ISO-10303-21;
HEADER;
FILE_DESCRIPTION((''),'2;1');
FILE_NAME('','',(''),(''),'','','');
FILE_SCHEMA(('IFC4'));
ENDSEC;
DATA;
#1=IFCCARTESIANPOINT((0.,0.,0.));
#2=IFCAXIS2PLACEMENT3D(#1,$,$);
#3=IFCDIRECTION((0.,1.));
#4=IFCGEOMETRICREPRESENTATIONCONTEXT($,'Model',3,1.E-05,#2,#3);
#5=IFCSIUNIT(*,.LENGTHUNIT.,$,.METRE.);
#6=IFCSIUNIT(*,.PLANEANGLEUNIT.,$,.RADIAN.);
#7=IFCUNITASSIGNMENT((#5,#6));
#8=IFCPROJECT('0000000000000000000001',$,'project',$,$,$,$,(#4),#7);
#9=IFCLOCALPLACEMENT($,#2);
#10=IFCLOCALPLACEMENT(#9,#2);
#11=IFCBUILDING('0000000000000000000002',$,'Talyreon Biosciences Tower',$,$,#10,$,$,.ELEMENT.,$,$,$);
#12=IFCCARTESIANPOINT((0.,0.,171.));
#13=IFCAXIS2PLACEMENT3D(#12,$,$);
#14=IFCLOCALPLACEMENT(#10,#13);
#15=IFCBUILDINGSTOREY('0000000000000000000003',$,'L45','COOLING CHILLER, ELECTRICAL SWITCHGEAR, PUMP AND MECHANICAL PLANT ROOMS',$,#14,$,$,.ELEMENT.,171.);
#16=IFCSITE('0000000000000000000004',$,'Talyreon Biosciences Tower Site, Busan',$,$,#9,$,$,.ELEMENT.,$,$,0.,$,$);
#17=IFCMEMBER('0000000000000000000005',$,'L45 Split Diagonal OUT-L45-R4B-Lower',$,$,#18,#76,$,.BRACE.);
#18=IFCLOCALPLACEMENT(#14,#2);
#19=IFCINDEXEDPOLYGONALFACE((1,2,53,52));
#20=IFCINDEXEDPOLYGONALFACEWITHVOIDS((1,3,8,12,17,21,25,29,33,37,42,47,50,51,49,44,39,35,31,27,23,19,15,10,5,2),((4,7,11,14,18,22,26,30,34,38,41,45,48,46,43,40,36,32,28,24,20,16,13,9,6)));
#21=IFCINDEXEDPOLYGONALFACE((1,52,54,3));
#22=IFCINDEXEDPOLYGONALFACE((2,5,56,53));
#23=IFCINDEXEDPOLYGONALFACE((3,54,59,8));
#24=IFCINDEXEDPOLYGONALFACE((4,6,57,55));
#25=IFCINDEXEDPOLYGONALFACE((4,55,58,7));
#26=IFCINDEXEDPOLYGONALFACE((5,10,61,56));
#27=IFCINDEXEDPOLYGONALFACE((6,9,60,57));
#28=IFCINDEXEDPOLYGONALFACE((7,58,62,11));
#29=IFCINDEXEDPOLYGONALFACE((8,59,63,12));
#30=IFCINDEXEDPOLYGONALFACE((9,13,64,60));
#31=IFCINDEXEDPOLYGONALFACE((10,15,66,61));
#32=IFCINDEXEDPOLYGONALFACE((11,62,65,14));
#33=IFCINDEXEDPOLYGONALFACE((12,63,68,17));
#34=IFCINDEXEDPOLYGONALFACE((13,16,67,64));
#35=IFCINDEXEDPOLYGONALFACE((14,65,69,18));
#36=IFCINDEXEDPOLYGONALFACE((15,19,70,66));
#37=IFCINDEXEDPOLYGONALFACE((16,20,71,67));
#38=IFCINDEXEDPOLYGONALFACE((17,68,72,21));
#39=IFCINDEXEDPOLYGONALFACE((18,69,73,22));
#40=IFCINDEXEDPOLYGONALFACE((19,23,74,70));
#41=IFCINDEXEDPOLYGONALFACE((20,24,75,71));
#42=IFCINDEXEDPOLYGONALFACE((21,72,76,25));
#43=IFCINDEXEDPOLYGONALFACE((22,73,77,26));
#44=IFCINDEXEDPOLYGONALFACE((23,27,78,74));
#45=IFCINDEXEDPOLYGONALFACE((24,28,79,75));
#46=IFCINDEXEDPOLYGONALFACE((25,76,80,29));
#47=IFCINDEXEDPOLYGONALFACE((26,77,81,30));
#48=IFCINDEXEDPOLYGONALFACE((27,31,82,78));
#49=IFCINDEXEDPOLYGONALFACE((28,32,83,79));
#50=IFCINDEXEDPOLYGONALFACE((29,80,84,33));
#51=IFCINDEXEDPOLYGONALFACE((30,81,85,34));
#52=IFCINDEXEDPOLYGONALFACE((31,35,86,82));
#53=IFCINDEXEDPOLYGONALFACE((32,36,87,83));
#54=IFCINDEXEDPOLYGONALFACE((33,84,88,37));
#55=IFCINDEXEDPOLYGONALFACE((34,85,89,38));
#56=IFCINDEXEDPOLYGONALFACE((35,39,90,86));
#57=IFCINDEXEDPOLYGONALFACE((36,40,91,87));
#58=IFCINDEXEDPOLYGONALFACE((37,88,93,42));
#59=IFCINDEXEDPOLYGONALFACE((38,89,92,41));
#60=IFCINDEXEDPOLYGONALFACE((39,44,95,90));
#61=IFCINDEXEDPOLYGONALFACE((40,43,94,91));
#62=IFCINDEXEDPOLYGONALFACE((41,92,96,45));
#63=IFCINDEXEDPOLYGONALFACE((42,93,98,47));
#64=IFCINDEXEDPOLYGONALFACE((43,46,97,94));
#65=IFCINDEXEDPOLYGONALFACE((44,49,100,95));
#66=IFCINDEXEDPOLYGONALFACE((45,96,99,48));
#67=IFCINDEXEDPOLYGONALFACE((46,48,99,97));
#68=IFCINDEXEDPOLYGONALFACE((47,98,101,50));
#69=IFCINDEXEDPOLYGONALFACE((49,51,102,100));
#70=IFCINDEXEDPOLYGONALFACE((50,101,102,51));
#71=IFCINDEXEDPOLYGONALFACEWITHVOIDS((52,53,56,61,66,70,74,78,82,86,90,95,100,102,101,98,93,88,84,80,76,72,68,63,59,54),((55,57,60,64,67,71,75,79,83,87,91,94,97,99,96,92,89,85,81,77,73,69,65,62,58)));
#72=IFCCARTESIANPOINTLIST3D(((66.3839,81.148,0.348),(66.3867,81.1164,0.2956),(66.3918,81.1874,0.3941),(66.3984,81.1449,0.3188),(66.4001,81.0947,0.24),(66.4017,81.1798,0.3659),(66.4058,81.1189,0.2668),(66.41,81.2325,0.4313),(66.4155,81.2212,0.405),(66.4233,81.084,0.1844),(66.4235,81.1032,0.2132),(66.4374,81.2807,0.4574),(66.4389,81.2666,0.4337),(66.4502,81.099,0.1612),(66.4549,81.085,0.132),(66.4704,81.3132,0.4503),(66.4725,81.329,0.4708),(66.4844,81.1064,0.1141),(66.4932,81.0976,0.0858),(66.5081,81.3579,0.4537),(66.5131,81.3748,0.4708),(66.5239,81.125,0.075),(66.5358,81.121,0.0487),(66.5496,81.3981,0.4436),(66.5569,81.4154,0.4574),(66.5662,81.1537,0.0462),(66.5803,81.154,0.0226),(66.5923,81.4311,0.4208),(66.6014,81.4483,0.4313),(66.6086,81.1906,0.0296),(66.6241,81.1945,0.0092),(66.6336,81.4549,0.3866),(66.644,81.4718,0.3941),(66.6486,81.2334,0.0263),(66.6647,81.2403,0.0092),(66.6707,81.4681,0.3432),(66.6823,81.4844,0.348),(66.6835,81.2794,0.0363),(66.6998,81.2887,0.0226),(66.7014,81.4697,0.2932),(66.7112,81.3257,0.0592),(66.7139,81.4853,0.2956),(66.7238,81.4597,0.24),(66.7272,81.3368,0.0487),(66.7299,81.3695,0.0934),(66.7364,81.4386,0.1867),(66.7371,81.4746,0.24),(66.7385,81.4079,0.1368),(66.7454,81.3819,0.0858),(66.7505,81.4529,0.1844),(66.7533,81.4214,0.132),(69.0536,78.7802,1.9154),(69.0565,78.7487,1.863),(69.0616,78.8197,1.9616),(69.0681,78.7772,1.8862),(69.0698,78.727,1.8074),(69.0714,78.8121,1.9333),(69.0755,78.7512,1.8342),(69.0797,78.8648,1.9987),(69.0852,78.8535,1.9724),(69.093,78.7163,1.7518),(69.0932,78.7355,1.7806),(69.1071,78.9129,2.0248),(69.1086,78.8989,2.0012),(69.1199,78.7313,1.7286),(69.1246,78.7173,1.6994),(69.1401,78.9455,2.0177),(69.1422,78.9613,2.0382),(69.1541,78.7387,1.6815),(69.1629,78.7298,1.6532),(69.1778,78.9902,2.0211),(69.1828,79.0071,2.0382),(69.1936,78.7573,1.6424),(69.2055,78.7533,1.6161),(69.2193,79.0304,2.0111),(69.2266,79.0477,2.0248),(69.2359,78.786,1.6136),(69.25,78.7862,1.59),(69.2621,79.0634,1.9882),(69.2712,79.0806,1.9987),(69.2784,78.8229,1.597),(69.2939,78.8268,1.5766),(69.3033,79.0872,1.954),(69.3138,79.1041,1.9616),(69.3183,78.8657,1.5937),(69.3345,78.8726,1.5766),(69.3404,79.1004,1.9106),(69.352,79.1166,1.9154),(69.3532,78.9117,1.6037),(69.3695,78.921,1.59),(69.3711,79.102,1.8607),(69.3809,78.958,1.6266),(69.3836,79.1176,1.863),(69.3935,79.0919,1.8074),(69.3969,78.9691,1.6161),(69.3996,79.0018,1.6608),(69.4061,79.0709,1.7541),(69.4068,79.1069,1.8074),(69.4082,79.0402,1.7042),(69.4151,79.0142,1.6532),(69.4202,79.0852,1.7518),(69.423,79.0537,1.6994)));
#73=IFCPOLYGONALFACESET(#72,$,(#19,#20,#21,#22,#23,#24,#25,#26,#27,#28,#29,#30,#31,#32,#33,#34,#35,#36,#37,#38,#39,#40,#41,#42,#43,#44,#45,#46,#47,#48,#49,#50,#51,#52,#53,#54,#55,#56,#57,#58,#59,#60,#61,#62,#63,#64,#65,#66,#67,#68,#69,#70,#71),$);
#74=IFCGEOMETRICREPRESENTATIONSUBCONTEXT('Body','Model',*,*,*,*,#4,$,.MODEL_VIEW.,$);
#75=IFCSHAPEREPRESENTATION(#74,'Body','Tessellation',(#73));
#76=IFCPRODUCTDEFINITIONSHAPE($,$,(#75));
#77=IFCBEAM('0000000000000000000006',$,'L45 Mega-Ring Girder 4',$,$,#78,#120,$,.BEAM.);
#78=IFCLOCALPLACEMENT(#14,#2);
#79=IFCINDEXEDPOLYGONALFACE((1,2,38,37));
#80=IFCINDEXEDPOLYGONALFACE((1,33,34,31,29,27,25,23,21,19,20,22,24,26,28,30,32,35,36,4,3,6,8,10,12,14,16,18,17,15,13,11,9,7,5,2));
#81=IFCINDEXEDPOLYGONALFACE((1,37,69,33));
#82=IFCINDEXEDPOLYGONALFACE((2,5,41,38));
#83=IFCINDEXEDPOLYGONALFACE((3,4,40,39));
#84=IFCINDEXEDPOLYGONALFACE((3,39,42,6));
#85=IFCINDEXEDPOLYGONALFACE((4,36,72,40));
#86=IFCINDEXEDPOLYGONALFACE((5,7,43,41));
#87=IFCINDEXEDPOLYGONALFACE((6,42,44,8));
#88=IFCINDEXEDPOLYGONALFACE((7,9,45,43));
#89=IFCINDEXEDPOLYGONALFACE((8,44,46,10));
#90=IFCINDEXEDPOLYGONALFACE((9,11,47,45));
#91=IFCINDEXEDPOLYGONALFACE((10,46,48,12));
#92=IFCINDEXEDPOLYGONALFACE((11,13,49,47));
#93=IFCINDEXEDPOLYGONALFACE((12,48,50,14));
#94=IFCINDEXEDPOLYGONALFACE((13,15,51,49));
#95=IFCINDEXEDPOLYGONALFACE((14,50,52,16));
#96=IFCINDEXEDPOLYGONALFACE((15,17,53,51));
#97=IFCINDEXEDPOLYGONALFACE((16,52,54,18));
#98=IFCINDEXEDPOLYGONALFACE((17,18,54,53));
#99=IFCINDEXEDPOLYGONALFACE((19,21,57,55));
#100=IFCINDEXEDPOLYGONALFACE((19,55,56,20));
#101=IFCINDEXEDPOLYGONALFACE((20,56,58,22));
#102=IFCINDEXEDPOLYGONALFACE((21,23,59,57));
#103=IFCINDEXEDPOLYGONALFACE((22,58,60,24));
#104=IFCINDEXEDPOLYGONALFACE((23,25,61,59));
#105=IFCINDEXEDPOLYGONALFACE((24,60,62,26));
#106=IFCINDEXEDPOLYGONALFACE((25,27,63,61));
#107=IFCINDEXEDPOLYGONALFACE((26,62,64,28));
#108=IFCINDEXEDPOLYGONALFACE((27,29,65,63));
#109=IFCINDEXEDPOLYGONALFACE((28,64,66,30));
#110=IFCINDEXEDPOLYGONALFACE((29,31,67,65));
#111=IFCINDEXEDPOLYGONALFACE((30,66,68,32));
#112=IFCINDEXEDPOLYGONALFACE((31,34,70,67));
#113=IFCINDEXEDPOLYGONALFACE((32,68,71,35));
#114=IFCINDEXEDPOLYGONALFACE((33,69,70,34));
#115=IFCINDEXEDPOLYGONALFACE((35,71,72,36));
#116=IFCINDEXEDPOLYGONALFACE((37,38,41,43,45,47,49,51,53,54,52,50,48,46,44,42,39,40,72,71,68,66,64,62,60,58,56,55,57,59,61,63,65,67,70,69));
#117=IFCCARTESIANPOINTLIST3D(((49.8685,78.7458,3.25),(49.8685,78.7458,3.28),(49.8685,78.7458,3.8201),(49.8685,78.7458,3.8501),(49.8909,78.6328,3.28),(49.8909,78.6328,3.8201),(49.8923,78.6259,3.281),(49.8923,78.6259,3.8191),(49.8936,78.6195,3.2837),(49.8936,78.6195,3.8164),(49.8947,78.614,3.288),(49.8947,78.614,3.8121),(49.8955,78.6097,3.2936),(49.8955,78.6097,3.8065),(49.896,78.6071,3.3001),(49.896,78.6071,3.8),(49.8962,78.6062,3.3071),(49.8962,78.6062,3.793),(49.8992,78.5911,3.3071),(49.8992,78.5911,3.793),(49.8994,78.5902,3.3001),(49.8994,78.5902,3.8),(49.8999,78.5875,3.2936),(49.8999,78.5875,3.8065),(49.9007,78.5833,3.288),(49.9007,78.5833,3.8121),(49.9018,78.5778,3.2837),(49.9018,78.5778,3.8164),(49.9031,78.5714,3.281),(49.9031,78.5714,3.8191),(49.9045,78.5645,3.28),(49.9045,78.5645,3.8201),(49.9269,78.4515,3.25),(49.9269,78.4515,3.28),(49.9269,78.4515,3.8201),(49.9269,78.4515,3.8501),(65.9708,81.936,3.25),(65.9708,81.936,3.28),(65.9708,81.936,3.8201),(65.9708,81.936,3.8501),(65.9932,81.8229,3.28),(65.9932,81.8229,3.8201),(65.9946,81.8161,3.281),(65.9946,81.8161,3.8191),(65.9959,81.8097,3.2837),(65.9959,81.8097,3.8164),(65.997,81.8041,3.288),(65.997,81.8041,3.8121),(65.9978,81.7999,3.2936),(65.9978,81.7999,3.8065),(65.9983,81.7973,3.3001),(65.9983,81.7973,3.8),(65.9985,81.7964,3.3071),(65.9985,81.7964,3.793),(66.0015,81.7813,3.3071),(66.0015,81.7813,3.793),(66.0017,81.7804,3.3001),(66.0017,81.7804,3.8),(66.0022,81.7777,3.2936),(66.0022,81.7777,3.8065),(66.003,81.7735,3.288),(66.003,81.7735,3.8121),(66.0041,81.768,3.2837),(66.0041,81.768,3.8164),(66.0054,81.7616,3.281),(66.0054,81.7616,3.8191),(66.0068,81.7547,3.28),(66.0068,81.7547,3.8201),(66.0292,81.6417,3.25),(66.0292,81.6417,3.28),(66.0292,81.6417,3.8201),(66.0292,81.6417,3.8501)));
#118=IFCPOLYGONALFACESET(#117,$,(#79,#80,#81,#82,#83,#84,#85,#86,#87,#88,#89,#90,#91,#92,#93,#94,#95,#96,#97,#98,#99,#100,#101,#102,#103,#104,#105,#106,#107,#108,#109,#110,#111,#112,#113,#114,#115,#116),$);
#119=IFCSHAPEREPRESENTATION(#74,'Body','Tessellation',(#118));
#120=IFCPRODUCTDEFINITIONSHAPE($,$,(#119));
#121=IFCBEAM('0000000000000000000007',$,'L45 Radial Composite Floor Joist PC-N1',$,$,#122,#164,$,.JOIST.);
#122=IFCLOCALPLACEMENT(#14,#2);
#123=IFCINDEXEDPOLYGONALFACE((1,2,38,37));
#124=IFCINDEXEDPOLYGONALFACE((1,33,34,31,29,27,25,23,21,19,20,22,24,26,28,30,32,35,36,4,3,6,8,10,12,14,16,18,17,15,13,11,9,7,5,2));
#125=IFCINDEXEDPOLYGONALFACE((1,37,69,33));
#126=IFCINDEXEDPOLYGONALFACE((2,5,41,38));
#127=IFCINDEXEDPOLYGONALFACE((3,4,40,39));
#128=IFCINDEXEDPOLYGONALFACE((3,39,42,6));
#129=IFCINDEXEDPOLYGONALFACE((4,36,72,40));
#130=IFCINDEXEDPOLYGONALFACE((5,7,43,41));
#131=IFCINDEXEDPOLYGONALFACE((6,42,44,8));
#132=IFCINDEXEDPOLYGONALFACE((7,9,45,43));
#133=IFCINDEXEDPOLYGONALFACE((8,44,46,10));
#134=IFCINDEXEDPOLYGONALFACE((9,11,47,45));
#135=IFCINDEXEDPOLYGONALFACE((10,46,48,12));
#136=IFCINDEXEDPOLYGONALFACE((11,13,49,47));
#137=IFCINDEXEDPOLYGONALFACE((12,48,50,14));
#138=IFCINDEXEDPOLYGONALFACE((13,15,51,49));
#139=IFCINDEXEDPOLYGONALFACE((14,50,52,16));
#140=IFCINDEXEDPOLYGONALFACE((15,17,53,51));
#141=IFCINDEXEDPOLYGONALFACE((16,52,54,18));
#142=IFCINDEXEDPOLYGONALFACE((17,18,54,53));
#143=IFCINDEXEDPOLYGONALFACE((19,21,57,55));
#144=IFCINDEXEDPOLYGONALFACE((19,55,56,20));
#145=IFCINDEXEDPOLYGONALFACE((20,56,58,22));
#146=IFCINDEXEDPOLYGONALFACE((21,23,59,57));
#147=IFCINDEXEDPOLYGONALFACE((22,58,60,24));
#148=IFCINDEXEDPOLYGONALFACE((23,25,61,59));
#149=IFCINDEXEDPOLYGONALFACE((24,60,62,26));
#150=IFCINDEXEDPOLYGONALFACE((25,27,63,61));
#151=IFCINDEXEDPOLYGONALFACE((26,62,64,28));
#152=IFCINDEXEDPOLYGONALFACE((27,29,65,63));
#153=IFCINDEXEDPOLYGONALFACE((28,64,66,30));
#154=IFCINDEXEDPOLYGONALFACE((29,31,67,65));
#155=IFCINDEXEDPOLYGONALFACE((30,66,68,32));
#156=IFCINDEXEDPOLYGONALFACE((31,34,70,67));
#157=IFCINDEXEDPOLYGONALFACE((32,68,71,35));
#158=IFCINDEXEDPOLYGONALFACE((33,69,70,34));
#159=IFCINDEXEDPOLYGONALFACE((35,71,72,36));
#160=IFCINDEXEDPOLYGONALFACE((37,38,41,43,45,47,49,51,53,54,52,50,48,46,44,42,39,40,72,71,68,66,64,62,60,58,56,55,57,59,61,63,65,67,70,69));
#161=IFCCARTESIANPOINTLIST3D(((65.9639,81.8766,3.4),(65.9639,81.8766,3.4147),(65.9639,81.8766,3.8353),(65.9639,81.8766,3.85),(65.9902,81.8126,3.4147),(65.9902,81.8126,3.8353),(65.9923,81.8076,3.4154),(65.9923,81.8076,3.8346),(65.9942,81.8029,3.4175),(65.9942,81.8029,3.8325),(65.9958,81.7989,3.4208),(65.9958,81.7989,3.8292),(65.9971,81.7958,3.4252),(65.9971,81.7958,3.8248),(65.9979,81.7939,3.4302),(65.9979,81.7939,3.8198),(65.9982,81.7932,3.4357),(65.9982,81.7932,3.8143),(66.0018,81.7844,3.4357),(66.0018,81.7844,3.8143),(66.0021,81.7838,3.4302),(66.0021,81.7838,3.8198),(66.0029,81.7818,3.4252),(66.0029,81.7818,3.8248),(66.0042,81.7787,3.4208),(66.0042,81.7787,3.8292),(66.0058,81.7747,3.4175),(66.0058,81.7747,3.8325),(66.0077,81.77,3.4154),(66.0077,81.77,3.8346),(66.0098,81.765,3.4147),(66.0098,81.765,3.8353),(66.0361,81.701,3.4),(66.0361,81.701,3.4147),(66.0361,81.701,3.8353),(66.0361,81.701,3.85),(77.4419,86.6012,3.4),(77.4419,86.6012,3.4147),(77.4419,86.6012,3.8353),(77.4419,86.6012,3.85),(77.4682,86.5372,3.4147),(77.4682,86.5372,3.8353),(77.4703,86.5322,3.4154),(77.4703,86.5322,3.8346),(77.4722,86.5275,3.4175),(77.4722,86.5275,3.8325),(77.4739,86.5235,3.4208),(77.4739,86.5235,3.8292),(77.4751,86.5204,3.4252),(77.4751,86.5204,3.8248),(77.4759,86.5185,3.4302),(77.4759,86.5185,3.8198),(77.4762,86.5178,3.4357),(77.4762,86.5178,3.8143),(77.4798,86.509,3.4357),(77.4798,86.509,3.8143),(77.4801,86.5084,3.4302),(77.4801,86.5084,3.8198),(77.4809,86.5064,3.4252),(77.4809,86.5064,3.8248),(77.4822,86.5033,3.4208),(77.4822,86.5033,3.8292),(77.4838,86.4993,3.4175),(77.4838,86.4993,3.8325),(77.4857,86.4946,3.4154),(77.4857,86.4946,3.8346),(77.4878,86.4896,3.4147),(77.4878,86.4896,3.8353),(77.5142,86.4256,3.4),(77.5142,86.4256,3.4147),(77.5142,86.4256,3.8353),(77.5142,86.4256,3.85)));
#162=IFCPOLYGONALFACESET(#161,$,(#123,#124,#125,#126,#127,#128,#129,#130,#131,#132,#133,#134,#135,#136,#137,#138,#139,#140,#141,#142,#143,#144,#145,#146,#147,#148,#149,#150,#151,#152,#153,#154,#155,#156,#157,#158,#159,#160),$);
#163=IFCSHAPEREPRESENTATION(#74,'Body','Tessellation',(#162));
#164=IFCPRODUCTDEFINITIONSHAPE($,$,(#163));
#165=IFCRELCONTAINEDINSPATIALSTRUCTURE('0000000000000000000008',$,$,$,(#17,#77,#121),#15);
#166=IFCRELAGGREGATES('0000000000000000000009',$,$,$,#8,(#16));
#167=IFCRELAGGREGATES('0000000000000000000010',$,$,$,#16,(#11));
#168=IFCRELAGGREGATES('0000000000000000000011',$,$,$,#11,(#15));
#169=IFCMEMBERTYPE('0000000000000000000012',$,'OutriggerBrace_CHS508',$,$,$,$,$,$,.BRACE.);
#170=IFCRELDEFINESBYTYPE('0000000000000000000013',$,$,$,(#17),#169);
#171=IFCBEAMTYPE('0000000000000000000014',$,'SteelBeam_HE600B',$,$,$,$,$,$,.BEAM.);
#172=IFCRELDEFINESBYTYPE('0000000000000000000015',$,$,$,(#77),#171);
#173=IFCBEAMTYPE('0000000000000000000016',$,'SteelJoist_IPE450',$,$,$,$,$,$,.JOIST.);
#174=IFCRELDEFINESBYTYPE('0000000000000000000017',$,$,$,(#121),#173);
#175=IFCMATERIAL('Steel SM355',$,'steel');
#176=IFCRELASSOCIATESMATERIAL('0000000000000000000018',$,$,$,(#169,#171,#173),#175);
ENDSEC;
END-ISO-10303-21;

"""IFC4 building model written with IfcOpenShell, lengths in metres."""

from ifc_helpers import new_model, si_unit, direction, frame, origin, origin_2d, place, context, subcontext, project, spatial, hollow_circle, i_section, extrude, material, material_profile, profile_set, type_object, element, save


model = new_model("IFC4")

# Units and contexts
model_context = context("Model", 3, precision=1e-05, world=origin(), true_north=direction((0.0, 1.0)))
body_context = subcontext(model_context, "Body", "Model", "MODEL_VIEW")
ifc_project = project(units=[si_unit("LENGTHUNIT", "METRE"), si_unit("PLANEANGLEUNIT", "RADIAN")], contexts=[model_context])

# Site, building, storey
site_placement = place(None, origin())
site = spatial("IfcSite", under=ifc_project, at=site_placement, Name="Talyreon Biosciences Tower Site, Busan", CompositionType="ELEMENT", RefElevation=0.0)
building_placement = place(site_placement, origin())
building = spatial("IfcBuilding", under=site, at=building_placement, Name="Talyreon Biosciences Tower", CompositionType="ELEMENT")
storey_placement = place(building_placement, frame((0.0, 0.0, 171.0)))
storey = spatial("IfcBuildingStorey", under=building, at=storey_placement, Name="L45", Description="COOLING CHILLER, ELECTRICAL SWITCHGEAR, PUMP AND MECHANICAL PLANT ROOMS", CompositionType="ELEMENT", Elevation=171.0)

# Shared definitions
ifc_material_1 = material(Name="Steel SM355", Category="steel")

# Member
ifc_material_profile_1 = material_profile(ifc_material_1, hollow_circle(Radius=0.2539, WallThickness=0.02, at=origin_2d()), Name="CHS 508x20")
ifc_profile_set_1 = profile_set([ifc_material_profile_1], Name="Steel SM355")
member_type_1 = type_object("IfcMemberType", Name="OutriggerBrace_CHS508", PredefinedType="BRACE", material=ifc_profile_set_1)
member_1_placement = place(storey_placement, frame((66.5686, 81.2847, 0.24), z_axis=(0.684989, -0.607501, 0.402161), x_axis=(0.663523, 0.748156, 0.0)))
element("IfcMember", 1, at=member_1_placement, inside=storey, type_object=member_type_1, Name="L45 Split Diagonal OUT-L45-R4B-Lower", PredefinedType="BRACE", context=body_context, shape_type="SweptSolid", body=[
    extrude(hollow_circle(Radius=0.2539, WallThickness=0.02, at=origin_2d()), origin(), (0.0, 0.0, 1.0), 3.8975),
])

# Beams
ifc_material_profile_2 = material_profile(ifc_material_1, i_section(OverallWidth=0.3, OverallDepth=0.6001, WebThickness=0.0154, FlangeThickness=0.03, FilletRadius=0.0271, at=origin_2d()), Name="HE600B")
ifc_profile_set_2 = profile_set([ifc_material_profile_2], Name="Steel SM355")
beam_type_1 = type_object("IfcBeamType", Name="SteelBeam_HE600B", PredefinedType="BEAM", material=ifc_profile_set_2)
beam_1_placement = place(storey_placement, frame((66.0, 81.7888, 3.55), z_axis=(-0.980934, -0.194343, 0.0), x_axis=(0.194343, -0.980934, 0.0)))
element("IfcBeam", 2, at=beam_1_placement, inside=storey, type_object=beam_type_1, Name="L45 Mega-Ring Girder 4", PredefinedType="BEAM", context=body_context, shape_type="SweptSolid", body=[
    extrude(i_section(OverallWidth=0.3, OverallDepth=0.6001, WebThickness=0.0154, FlangeThickness=0.03, FilletRadius=0.0271, at=origin_2d()), origin(), (0.0, 0.0, 1.0), 16.4153),
])
ifc_material_profile_3 = material_profile(ifc_material_1, i_section(OverallWidth=0.1899, OverallDepth=0.45, WebThickness=0.0095, FlangeThickness=0.0146, FilletRadius=0.021, at=origin_2d()), Name="IPE450")
ifc_profile_set_3 = profile_set([ifc_material_profile_3], Name="Steel SM355")
beam_type_2 = type_object("IfcBeamType", Name="SteelJoist_IPE450", PredefinedType="JOIST", material=ifc_profile_set_3)
for number, where, z_axis, x_axis, name in (
    (3, (66.0, 81.7888, 3.625), (0.924725, 0.380637, 0.0), (-0.380637, 0.924725, 0.0), "L45 Radial Composite Floor Joist PC-N1"),
):
    element("IfcBeam", number, at=place(storey_placement, frame(where, z_axis=z_axis, x_axis=x_axis)), inside=storey, type_object=beam_type_2, Name=name, PredefinedType="JOIST", context=body_context, shape_type="SweptSolid", body=[
        extrude(i_section(OverallWidth=0.1899, OverallDepth=0.45, WebThickness=0.0095, FlangeThickness=0.0146, FilletRadius=0.021, at=origin_2d()), origin(), (0.0, 0.0, 1.0), 12.4124),
    ])

save(model, "model.ifc")
